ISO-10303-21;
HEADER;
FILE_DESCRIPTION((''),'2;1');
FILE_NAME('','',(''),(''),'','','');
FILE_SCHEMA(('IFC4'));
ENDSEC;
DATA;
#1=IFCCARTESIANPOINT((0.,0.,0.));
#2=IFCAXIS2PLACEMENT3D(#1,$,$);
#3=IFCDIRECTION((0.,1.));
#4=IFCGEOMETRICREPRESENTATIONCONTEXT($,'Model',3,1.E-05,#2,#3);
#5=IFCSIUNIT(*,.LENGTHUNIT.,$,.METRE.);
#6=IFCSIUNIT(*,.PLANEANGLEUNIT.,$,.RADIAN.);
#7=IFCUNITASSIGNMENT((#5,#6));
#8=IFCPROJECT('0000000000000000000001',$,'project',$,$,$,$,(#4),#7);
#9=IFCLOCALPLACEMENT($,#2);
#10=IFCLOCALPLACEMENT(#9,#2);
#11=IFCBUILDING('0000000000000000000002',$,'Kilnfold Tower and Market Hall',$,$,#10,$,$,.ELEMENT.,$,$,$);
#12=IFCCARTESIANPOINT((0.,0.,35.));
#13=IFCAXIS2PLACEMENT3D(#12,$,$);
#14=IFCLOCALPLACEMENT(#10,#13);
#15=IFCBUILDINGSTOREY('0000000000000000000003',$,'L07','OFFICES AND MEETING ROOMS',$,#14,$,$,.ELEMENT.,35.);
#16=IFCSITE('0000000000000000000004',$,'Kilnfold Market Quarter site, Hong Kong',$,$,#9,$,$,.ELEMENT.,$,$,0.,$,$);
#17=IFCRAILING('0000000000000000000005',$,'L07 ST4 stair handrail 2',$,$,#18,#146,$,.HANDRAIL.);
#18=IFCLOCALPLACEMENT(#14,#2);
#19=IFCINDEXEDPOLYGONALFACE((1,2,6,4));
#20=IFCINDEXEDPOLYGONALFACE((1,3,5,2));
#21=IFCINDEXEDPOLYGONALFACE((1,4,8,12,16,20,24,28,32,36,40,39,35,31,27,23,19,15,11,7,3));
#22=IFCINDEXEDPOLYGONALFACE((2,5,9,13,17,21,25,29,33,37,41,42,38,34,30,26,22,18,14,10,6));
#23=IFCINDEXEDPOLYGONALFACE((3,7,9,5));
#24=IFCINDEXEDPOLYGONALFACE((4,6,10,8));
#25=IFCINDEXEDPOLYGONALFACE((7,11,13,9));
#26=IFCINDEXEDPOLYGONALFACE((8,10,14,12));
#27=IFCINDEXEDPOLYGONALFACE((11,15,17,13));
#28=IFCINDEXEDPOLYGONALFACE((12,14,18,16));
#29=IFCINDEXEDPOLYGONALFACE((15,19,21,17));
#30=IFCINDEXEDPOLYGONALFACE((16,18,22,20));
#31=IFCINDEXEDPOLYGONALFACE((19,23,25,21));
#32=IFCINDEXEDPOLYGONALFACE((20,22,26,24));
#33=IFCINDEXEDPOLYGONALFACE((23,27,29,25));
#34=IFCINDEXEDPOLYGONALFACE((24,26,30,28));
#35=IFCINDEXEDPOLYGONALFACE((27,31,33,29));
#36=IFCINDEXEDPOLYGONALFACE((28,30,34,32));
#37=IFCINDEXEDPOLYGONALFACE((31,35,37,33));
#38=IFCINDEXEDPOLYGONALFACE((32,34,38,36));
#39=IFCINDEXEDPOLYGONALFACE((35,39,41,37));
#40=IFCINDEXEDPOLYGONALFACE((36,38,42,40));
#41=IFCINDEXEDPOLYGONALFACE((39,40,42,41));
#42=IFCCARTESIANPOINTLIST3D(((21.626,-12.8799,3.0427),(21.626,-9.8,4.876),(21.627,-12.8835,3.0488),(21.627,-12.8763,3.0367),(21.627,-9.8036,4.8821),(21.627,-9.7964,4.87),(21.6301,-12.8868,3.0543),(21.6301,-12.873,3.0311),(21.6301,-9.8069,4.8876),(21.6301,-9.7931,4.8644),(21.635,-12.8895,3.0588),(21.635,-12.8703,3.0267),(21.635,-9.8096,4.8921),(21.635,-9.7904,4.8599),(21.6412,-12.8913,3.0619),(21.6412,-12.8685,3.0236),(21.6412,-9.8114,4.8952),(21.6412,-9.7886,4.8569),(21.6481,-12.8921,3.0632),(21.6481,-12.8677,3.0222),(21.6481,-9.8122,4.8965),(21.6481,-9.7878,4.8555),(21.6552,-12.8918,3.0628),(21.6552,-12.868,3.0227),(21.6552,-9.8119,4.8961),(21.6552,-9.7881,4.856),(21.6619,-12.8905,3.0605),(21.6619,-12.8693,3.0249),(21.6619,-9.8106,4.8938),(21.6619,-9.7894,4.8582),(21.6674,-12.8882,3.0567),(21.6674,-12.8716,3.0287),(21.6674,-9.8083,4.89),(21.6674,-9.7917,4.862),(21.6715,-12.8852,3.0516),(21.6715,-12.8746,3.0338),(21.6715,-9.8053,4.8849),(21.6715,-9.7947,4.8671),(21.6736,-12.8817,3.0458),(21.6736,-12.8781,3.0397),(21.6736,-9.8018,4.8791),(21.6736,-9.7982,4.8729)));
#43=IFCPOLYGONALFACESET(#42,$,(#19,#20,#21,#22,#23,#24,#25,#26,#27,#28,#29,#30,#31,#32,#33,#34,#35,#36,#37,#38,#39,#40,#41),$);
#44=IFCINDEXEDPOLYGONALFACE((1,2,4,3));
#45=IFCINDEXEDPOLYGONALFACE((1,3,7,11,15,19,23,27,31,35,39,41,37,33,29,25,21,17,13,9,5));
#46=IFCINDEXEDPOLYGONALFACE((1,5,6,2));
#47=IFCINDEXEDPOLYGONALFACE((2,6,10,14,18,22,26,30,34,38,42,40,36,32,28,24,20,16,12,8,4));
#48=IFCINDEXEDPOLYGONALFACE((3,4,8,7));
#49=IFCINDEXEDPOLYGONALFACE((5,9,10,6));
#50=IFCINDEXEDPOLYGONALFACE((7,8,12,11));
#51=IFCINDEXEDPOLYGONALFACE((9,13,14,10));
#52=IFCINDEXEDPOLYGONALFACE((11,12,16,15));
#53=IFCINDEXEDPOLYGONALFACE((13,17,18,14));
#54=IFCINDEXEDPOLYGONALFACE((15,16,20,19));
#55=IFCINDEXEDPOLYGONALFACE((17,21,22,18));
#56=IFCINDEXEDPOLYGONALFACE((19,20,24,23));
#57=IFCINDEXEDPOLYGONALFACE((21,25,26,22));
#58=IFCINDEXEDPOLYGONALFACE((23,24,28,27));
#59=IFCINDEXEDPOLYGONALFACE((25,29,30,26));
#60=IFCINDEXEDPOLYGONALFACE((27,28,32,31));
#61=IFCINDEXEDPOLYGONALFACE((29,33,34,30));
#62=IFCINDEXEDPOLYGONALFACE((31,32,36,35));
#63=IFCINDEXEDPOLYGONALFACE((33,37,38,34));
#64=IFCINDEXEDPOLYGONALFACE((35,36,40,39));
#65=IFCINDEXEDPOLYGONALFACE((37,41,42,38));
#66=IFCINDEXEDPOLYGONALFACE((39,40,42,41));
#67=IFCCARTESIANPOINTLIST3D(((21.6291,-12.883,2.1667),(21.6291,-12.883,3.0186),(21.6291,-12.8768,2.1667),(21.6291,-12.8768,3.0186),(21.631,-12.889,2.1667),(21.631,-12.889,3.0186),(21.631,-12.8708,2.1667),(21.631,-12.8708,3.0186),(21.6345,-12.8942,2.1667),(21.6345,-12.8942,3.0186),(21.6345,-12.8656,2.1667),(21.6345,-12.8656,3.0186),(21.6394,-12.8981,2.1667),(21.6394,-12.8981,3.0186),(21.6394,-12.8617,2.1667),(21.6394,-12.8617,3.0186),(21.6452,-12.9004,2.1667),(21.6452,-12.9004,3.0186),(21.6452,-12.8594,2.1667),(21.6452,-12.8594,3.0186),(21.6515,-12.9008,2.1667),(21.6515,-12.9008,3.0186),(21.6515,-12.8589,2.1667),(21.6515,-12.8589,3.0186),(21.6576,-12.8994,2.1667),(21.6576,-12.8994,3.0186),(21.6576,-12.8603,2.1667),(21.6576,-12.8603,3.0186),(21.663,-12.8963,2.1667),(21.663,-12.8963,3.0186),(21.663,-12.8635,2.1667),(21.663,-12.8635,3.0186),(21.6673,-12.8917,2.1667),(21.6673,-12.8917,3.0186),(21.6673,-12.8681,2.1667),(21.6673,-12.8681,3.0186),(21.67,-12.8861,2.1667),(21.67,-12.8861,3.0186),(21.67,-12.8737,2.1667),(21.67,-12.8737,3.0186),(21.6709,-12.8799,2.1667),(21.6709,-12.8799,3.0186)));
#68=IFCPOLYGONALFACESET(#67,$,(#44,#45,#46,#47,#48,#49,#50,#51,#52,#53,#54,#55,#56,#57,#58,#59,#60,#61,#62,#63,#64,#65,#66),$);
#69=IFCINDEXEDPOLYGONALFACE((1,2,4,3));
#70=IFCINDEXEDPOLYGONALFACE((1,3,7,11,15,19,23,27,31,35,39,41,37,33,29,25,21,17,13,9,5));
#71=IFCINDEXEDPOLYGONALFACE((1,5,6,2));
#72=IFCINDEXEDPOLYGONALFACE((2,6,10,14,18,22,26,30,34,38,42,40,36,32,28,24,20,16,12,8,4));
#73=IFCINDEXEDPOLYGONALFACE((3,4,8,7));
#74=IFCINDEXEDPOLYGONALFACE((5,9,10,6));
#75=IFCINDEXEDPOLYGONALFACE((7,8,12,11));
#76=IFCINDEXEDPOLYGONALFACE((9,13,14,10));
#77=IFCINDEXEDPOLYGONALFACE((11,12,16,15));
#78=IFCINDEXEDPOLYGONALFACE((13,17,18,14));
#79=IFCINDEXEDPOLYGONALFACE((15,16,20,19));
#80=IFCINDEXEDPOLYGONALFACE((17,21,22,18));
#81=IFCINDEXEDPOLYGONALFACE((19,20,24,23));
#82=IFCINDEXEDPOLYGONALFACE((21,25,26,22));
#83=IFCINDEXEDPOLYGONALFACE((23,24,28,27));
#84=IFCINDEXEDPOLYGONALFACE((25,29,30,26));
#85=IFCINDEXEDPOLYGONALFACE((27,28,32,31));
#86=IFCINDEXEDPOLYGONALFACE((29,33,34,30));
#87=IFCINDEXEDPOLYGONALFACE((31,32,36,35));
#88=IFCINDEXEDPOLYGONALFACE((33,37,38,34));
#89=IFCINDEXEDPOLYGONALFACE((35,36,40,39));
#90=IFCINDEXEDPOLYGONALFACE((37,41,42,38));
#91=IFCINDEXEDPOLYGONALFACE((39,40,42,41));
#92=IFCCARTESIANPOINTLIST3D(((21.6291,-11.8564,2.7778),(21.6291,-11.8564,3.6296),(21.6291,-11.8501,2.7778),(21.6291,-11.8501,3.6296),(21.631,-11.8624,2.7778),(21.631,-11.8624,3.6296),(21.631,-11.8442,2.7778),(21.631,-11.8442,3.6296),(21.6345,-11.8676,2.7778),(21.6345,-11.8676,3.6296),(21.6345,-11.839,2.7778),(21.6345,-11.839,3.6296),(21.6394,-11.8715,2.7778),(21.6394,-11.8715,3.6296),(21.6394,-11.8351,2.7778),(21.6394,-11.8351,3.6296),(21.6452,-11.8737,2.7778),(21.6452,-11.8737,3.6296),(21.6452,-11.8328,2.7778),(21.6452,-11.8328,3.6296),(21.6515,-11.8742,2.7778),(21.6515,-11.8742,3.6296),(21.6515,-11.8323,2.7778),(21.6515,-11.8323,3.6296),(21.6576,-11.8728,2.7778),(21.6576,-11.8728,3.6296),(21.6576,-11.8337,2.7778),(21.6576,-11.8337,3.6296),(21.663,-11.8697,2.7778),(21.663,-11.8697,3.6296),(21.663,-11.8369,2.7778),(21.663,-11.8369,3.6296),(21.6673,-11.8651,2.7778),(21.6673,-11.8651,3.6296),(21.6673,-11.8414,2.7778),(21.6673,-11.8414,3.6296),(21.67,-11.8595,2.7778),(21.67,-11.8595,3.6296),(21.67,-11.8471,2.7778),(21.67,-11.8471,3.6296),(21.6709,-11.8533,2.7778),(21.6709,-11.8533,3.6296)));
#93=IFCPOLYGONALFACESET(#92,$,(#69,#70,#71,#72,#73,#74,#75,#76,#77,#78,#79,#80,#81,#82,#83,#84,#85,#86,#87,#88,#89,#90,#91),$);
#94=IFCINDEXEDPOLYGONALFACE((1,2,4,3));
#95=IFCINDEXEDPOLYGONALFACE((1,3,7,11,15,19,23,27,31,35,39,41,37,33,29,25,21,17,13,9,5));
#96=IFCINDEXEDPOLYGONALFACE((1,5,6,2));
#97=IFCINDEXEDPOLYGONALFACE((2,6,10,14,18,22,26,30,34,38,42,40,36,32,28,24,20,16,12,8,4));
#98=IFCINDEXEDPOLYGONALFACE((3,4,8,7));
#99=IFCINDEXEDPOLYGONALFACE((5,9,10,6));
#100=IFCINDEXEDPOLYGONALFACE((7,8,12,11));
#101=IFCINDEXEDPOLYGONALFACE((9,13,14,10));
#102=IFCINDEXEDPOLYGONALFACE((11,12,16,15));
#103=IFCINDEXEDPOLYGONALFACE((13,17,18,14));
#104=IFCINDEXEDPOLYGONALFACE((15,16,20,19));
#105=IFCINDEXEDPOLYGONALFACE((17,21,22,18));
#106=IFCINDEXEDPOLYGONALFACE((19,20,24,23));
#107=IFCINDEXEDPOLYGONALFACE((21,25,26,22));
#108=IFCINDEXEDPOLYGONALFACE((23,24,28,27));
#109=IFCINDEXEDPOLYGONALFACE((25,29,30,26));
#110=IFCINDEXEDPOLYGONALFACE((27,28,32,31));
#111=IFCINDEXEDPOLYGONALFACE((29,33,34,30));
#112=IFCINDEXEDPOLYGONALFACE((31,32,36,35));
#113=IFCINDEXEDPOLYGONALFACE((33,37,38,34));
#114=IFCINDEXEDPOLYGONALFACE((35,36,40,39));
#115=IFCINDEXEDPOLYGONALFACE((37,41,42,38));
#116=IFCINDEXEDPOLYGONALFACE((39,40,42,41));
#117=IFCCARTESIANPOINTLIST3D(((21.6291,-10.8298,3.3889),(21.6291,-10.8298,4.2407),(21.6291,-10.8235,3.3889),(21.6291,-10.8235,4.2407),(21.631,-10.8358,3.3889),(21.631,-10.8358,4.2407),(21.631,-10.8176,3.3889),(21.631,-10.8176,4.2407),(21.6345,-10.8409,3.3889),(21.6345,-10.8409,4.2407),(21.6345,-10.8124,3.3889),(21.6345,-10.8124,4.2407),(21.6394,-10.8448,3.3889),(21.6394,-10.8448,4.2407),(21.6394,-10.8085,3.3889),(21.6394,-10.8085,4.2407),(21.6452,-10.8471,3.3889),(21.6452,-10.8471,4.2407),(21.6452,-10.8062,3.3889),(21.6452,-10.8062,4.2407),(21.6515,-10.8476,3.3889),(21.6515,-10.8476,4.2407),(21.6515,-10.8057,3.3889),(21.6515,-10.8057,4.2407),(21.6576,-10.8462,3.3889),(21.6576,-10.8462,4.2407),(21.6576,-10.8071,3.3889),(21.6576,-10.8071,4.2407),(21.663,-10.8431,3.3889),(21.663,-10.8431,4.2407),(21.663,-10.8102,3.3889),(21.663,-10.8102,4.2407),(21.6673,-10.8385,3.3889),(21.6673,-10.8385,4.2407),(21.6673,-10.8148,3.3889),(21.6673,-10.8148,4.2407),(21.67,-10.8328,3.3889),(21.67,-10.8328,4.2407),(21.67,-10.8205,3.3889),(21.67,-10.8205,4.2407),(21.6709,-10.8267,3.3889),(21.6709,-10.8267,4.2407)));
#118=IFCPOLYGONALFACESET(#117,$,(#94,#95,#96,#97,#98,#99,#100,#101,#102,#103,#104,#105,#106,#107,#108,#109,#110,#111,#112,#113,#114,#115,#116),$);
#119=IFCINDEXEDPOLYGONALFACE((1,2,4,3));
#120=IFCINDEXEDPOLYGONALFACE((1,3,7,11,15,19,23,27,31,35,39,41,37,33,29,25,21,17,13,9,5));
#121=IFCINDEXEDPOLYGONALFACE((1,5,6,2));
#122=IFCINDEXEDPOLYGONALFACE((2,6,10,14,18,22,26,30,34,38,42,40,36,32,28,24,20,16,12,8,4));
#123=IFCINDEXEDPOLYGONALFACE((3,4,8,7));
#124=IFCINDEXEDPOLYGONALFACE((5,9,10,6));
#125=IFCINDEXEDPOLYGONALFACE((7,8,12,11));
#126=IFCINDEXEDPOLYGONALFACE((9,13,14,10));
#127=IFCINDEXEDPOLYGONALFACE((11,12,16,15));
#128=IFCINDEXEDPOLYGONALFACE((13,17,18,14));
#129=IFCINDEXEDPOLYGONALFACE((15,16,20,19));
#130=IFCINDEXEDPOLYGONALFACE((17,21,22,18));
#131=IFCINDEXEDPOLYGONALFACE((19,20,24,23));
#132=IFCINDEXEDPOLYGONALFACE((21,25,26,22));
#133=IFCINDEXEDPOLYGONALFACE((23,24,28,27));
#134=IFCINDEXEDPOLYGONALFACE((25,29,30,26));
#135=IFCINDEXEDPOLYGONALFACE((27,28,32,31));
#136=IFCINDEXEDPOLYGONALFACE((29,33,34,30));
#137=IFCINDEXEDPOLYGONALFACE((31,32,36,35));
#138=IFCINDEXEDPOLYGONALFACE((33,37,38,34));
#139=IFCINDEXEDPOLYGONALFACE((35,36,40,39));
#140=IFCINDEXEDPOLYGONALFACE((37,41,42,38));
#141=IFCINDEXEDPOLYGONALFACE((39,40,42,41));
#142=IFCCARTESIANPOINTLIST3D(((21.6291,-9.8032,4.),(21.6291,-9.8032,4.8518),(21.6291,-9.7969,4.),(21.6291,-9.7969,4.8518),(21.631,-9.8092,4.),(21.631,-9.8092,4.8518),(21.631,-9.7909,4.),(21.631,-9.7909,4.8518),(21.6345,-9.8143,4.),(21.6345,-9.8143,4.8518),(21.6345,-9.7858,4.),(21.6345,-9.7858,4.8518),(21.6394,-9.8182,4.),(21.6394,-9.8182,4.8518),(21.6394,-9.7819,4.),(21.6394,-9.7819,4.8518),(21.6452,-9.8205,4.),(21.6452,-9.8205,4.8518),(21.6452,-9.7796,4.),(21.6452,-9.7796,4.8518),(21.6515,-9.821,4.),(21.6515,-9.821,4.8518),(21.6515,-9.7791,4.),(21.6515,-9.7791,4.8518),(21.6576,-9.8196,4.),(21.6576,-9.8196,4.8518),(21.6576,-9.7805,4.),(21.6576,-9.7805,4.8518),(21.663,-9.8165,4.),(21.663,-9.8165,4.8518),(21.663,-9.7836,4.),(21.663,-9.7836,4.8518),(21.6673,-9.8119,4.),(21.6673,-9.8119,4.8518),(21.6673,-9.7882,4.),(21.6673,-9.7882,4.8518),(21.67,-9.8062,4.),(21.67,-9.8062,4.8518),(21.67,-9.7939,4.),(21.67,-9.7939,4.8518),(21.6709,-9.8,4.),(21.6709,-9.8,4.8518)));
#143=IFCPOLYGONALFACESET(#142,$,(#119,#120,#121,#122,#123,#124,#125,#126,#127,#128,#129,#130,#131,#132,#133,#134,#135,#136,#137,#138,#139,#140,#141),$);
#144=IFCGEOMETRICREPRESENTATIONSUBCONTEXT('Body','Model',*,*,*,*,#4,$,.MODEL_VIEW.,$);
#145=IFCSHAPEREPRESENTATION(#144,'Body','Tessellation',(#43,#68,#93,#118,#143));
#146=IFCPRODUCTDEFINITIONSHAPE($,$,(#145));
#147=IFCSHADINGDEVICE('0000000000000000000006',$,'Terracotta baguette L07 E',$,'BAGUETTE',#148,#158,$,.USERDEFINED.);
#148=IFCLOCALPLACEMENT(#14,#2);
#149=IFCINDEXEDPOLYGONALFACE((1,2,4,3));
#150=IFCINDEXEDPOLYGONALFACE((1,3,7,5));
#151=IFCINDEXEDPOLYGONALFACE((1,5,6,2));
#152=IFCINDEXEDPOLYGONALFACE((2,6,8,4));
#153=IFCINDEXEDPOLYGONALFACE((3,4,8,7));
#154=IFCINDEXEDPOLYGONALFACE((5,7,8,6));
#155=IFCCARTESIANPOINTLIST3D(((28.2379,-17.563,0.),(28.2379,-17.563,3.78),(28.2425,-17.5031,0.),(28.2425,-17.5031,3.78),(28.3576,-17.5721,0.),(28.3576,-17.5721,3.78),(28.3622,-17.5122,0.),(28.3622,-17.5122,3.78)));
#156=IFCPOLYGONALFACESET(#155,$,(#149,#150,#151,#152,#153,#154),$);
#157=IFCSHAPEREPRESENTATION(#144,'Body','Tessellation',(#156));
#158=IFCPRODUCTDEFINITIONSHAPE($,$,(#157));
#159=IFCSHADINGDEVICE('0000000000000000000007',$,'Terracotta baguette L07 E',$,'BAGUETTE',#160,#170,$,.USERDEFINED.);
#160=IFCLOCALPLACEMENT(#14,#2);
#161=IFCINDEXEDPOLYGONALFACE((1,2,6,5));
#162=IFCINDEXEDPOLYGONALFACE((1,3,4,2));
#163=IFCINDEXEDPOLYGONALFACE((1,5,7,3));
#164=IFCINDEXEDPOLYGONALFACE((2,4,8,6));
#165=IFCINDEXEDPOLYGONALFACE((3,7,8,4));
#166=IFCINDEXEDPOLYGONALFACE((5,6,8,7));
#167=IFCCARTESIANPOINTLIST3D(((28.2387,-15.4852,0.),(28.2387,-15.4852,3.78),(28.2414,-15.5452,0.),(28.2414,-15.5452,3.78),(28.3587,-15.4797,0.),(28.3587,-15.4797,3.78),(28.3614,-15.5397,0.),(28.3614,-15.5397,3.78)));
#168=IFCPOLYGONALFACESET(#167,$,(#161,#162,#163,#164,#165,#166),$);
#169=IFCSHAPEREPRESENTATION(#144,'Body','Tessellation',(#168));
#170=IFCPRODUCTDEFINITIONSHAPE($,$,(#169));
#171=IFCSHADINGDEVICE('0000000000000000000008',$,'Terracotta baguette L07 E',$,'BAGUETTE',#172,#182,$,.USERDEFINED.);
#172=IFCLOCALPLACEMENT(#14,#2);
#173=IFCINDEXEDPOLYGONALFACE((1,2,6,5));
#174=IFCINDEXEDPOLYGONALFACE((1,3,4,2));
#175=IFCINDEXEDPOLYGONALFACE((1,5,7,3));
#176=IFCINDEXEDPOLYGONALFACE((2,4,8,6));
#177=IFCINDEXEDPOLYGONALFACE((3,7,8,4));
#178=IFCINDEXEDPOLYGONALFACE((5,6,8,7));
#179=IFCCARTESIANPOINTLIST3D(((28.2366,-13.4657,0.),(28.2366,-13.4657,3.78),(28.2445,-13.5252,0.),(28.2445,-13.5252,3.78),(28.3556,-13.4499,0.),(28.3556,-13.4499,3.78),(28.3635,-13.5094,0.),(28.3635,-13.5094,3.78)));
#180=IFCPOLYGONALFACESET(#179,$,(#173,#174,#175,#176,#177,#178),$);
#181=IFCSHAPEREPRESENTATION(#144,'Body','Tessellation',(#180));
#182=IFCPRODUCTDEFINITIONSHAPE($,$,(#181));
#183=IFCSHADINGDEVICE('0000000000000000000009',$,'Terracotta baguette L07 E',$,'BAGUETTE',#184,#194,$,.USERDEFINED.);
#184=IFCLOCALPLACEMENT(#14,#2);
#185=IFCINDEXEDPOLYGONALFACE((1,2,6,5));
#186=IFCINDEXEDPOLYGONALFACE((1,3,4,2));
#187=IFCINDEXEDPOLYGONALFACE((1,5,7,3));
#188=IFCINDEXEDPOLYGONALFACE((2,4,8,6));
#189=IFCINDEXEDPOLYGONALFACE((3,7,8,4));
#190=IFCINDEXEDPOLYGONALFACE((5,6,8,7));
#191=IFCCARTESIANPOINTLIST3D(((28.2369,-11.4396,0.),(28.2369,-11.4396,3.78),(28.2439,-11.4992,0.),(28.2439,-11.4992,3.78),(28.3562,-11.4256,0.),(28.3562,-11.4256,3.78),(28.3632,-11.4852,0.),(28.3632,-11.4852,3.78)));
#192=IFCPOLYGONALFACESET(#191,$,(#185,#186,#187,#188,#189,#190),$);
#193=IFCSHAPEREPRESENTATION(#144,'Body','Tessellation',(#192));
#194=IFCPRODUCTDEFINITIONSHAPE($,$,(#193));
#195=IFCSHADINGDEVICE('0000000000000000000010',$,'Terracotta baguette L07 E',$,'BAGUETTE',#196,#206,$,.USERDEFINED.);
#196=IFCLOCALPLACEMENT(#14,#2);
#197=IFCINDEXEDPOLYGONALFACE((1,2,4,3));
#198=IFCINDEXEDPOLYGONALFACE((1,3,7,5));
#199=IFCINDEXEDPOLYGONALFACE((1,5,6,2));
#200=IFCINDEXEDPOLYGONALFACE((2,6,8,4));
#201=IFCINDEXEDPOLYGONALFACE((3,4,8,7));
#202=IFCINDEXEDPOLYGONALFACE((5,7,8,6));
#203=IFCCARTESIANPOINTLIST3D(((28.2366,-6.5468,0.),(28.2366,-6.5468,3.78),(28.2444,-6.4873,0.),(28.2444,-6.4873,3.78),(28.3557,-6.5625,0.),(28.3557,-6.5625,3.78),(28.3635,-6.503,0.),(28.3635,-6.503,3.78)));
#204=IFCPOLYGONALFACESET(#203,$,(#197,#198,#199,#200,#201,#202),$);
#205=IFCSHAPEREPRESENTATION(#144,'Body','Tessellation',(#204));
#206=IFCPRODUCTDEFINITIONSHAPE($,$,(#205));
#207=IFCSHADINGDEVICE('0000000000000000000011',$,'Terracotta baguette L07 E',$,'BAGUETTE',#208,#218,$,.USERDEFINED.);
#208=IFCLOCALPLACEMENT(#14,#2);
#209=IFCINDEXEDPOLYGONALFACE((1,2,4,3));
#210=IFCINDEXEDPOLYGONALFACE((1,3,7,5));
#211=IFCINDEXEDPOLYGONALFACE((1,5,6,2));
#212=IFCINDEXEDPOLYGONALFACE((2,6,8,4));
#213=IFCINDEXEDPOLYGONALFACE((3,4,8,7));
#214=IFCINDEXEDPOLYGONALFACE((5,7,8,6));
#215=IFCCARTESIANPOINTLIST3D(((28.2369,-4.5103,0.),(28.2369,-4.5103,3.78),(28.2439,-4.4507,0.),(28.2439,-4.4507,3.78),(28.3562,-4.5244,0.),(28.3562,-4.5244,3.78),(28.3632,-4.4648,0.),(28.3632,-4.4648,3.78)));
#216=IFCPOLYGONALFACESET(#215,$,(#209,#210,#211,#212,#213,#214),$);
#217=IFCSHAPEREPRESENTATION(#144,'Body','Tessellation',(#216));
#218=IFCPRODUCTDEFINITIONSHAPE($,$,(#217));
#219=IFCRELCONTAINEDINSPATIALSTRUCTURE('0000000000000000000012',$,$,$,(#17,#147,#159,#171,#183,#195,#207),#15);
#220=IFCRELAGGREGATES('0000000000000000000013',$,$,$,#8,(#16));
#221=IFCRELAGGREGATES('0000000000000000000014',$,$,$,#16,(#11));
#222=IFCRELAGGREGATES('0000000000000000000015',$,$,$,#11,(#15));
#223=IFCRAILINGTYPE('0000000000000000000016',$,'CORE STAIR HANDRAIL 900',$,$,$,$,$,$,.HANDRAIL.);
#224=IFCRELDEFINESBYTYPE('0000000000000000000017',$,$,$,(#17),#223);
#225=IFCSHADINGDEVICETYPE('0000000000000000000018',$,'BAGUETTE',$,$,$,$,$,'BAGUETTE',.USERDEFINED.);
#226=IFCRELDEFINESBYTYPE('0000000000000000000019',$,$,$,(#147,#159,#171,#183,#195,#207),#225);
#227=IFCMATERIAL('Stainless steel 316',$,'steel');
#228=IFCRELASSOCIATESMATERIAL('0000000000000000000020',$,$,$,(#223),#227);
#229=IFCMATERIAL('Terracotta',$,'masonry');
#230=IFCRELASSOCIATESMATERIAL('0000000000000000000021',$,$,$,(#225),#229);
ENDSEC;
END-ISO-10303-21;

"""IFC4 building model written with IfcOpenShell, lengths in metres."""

from ifc_helpers import new_model, si_unit, direction, frame, origin, origin_2d, place, context, subcontext, project, spatial, rectangle, circle, extrude, source, transform, mapped, material, material_profile, profile_set, type_object, element, save


model = new_model("IFC4")

# Units and contexts
model_context = context("Model", 3, precision=1e-05, world=origin(), true_north=direction((0.0, 1.0)))
body_context = subcontext(model_context, "Body", "Model", "MODEL_VIEW")
ifc_project = project(units=[si_unit("LENGTHUNIT", "METRE"), si_unit("PLANEANGLEUNIT", "RADIAN")], contexts=[model_context])

# Site, building, storey
site_placement = place(None, origin())
site = spatial("IfcSite", under=ifc_project, at=site_placement, Name="Kilnfold Market Quarter site, Hong Kong", CompositionType="ELEMENT", RefElevation=0.0)
building_placement = place(site_placement, origin())
building = spatial("IfcBuilding", under=site, at=building_placement, Name="Kilnfold Tower and Market Hall", CompositionType="ELEMENT")
storey_placement = place(building_placement, frame((0.0, 0.0, 35.0)))
storey = spatial("IfcBuildingStorey", under=building, at=storey_placement, Name="L07", Description="OFFICES AND MEETING ROOMS", CompositionType="ELEMENT", Elevation=35.0)

# Railing
ifc_material_1 = material(Name="Stainless steel 316", Category="steel")
railing_type = type_object("IfcRailingType", Name="CORE STAIR HANDRAIL 900", PredefinedType="HANDRAIL", material=ifc_material_1)
railing_placement = place(storey_placement, frame((21.6499, -12.8799, 2.1667)))
element("IfcRailing", 1, at=railing_placement, inside=storey, type_object=railing_type, Name="L07 ST4 stair handrail 2", PredefinedType="HANDRAIL", context=body_context, shape_type="SweptSolid", body=[
    extrude(circle(Radius=0.0239, at=origin_2d()), frame((0.0, 0.0, 0.876), z_axis=(0.0, 0.859291, 0.511487), x_axis=(-1.0, 0.0, 0.0)), (0.0, 0.0, 1.0), 3.5842),
    extrude(circle(Radius=0.021, at=origin_2d()), origin(), (0.0, 0.0, 1.0), 0.8518),
    extrude(circle(Radius=0.021, at=origin_2d()), frame((0.0, 1.0266, 0.6111)), (0.0, 0.0, 1.0), 0.8518),
    extrude(circle(Radius=0.021, at=origin_2d()), frame((0.0, 2.0532, 1.2222)), (0.0, 0.0, 1.0), 0.8518),
    extrude(circle(Radius=0.021, at=origin_2d()), frame((0.0, 3.0798, 1.8333)), (0.0, 0.0, 1.0), 0.8518),
])

# Shading devices
ifc_material_2 = material(Name="Terracotta", Category="masonry")
ifc_material_profile_1 = material_profile(ifc_material_2, rectangle(XDim=0.0601, YDim=0.1201, at=origin_2d()), Name="BAG 60x120")
ifc_profile_set_1 = profile_set([ifc_material_profile_1], Name="Terracotta")
shading_device_type = type_object("IfcShadingDeviceType", Name="BAGUETTE", ElementType="BAGUETTE", PredefinedType="USERDEFINED", material=ifc_profile_set_1)
shared_shape_1 = source(origin(), body_context, "Body", "SweptSolid", [
    extrude(rectangle(XDim=0.0601, YDim=0.1201, at=origin_2d()), origin(), (0.0, 0.0, 1.0), 3.78),
])
for number, where, z_axis, x_axis, name in (
    (2, (28.3, -17.5376, 0.0), (0.0, 0.0, 1.0), (0.076308, 0.997084, 0.0), "Terracotta baguette L07 E"),
    (3, (28.3, -15.5125, 0.0), (0.0, 0.0, 1.0), (-0.045227, 0.998977, 0.0), "Terracotta baguette L07 E"),
    (4, (28.3, -13.4875, 0.0), (0.0, 0.0, 1.0), (-0.131618, 0.991301, 0.0), "Terracotta baguette L07 E"),
    (5, (28.3, -11.4624, 0.0), (0.0, 0.0, 1.0), (-0.116768, 0.993159, 0.0), "Terracotta baguette L07 E"),
    (6, (28.3, -6.5249, 0.0), (0.0, 0.0, 1.0), (0.130841, 0.991403, 0.0), "Terracotta baguette L07 E"),
    (7, (28.3, -4.4875, 0.0), (0.0, 0.0, 1.0), (0.117608, 0.99306, 0.0), "Terracotta baguette L07 E"),
):
    element("IfcShadingDevice", number, at=place(storey_placement, frame(where, z_axis=z_axis, x_axis=x_axis)), inside=storey, type_object=shading_device_type, Name=name, ObjectType="BAGUETTE", PredefinedType="USERDEFINED", context=body_context, shape_type="MappedRepresentation", body=[
        mapped(shared_shape_1, transform((0.0, 0.0, 0.0))),
    ])

save(model, "model.ifc")
